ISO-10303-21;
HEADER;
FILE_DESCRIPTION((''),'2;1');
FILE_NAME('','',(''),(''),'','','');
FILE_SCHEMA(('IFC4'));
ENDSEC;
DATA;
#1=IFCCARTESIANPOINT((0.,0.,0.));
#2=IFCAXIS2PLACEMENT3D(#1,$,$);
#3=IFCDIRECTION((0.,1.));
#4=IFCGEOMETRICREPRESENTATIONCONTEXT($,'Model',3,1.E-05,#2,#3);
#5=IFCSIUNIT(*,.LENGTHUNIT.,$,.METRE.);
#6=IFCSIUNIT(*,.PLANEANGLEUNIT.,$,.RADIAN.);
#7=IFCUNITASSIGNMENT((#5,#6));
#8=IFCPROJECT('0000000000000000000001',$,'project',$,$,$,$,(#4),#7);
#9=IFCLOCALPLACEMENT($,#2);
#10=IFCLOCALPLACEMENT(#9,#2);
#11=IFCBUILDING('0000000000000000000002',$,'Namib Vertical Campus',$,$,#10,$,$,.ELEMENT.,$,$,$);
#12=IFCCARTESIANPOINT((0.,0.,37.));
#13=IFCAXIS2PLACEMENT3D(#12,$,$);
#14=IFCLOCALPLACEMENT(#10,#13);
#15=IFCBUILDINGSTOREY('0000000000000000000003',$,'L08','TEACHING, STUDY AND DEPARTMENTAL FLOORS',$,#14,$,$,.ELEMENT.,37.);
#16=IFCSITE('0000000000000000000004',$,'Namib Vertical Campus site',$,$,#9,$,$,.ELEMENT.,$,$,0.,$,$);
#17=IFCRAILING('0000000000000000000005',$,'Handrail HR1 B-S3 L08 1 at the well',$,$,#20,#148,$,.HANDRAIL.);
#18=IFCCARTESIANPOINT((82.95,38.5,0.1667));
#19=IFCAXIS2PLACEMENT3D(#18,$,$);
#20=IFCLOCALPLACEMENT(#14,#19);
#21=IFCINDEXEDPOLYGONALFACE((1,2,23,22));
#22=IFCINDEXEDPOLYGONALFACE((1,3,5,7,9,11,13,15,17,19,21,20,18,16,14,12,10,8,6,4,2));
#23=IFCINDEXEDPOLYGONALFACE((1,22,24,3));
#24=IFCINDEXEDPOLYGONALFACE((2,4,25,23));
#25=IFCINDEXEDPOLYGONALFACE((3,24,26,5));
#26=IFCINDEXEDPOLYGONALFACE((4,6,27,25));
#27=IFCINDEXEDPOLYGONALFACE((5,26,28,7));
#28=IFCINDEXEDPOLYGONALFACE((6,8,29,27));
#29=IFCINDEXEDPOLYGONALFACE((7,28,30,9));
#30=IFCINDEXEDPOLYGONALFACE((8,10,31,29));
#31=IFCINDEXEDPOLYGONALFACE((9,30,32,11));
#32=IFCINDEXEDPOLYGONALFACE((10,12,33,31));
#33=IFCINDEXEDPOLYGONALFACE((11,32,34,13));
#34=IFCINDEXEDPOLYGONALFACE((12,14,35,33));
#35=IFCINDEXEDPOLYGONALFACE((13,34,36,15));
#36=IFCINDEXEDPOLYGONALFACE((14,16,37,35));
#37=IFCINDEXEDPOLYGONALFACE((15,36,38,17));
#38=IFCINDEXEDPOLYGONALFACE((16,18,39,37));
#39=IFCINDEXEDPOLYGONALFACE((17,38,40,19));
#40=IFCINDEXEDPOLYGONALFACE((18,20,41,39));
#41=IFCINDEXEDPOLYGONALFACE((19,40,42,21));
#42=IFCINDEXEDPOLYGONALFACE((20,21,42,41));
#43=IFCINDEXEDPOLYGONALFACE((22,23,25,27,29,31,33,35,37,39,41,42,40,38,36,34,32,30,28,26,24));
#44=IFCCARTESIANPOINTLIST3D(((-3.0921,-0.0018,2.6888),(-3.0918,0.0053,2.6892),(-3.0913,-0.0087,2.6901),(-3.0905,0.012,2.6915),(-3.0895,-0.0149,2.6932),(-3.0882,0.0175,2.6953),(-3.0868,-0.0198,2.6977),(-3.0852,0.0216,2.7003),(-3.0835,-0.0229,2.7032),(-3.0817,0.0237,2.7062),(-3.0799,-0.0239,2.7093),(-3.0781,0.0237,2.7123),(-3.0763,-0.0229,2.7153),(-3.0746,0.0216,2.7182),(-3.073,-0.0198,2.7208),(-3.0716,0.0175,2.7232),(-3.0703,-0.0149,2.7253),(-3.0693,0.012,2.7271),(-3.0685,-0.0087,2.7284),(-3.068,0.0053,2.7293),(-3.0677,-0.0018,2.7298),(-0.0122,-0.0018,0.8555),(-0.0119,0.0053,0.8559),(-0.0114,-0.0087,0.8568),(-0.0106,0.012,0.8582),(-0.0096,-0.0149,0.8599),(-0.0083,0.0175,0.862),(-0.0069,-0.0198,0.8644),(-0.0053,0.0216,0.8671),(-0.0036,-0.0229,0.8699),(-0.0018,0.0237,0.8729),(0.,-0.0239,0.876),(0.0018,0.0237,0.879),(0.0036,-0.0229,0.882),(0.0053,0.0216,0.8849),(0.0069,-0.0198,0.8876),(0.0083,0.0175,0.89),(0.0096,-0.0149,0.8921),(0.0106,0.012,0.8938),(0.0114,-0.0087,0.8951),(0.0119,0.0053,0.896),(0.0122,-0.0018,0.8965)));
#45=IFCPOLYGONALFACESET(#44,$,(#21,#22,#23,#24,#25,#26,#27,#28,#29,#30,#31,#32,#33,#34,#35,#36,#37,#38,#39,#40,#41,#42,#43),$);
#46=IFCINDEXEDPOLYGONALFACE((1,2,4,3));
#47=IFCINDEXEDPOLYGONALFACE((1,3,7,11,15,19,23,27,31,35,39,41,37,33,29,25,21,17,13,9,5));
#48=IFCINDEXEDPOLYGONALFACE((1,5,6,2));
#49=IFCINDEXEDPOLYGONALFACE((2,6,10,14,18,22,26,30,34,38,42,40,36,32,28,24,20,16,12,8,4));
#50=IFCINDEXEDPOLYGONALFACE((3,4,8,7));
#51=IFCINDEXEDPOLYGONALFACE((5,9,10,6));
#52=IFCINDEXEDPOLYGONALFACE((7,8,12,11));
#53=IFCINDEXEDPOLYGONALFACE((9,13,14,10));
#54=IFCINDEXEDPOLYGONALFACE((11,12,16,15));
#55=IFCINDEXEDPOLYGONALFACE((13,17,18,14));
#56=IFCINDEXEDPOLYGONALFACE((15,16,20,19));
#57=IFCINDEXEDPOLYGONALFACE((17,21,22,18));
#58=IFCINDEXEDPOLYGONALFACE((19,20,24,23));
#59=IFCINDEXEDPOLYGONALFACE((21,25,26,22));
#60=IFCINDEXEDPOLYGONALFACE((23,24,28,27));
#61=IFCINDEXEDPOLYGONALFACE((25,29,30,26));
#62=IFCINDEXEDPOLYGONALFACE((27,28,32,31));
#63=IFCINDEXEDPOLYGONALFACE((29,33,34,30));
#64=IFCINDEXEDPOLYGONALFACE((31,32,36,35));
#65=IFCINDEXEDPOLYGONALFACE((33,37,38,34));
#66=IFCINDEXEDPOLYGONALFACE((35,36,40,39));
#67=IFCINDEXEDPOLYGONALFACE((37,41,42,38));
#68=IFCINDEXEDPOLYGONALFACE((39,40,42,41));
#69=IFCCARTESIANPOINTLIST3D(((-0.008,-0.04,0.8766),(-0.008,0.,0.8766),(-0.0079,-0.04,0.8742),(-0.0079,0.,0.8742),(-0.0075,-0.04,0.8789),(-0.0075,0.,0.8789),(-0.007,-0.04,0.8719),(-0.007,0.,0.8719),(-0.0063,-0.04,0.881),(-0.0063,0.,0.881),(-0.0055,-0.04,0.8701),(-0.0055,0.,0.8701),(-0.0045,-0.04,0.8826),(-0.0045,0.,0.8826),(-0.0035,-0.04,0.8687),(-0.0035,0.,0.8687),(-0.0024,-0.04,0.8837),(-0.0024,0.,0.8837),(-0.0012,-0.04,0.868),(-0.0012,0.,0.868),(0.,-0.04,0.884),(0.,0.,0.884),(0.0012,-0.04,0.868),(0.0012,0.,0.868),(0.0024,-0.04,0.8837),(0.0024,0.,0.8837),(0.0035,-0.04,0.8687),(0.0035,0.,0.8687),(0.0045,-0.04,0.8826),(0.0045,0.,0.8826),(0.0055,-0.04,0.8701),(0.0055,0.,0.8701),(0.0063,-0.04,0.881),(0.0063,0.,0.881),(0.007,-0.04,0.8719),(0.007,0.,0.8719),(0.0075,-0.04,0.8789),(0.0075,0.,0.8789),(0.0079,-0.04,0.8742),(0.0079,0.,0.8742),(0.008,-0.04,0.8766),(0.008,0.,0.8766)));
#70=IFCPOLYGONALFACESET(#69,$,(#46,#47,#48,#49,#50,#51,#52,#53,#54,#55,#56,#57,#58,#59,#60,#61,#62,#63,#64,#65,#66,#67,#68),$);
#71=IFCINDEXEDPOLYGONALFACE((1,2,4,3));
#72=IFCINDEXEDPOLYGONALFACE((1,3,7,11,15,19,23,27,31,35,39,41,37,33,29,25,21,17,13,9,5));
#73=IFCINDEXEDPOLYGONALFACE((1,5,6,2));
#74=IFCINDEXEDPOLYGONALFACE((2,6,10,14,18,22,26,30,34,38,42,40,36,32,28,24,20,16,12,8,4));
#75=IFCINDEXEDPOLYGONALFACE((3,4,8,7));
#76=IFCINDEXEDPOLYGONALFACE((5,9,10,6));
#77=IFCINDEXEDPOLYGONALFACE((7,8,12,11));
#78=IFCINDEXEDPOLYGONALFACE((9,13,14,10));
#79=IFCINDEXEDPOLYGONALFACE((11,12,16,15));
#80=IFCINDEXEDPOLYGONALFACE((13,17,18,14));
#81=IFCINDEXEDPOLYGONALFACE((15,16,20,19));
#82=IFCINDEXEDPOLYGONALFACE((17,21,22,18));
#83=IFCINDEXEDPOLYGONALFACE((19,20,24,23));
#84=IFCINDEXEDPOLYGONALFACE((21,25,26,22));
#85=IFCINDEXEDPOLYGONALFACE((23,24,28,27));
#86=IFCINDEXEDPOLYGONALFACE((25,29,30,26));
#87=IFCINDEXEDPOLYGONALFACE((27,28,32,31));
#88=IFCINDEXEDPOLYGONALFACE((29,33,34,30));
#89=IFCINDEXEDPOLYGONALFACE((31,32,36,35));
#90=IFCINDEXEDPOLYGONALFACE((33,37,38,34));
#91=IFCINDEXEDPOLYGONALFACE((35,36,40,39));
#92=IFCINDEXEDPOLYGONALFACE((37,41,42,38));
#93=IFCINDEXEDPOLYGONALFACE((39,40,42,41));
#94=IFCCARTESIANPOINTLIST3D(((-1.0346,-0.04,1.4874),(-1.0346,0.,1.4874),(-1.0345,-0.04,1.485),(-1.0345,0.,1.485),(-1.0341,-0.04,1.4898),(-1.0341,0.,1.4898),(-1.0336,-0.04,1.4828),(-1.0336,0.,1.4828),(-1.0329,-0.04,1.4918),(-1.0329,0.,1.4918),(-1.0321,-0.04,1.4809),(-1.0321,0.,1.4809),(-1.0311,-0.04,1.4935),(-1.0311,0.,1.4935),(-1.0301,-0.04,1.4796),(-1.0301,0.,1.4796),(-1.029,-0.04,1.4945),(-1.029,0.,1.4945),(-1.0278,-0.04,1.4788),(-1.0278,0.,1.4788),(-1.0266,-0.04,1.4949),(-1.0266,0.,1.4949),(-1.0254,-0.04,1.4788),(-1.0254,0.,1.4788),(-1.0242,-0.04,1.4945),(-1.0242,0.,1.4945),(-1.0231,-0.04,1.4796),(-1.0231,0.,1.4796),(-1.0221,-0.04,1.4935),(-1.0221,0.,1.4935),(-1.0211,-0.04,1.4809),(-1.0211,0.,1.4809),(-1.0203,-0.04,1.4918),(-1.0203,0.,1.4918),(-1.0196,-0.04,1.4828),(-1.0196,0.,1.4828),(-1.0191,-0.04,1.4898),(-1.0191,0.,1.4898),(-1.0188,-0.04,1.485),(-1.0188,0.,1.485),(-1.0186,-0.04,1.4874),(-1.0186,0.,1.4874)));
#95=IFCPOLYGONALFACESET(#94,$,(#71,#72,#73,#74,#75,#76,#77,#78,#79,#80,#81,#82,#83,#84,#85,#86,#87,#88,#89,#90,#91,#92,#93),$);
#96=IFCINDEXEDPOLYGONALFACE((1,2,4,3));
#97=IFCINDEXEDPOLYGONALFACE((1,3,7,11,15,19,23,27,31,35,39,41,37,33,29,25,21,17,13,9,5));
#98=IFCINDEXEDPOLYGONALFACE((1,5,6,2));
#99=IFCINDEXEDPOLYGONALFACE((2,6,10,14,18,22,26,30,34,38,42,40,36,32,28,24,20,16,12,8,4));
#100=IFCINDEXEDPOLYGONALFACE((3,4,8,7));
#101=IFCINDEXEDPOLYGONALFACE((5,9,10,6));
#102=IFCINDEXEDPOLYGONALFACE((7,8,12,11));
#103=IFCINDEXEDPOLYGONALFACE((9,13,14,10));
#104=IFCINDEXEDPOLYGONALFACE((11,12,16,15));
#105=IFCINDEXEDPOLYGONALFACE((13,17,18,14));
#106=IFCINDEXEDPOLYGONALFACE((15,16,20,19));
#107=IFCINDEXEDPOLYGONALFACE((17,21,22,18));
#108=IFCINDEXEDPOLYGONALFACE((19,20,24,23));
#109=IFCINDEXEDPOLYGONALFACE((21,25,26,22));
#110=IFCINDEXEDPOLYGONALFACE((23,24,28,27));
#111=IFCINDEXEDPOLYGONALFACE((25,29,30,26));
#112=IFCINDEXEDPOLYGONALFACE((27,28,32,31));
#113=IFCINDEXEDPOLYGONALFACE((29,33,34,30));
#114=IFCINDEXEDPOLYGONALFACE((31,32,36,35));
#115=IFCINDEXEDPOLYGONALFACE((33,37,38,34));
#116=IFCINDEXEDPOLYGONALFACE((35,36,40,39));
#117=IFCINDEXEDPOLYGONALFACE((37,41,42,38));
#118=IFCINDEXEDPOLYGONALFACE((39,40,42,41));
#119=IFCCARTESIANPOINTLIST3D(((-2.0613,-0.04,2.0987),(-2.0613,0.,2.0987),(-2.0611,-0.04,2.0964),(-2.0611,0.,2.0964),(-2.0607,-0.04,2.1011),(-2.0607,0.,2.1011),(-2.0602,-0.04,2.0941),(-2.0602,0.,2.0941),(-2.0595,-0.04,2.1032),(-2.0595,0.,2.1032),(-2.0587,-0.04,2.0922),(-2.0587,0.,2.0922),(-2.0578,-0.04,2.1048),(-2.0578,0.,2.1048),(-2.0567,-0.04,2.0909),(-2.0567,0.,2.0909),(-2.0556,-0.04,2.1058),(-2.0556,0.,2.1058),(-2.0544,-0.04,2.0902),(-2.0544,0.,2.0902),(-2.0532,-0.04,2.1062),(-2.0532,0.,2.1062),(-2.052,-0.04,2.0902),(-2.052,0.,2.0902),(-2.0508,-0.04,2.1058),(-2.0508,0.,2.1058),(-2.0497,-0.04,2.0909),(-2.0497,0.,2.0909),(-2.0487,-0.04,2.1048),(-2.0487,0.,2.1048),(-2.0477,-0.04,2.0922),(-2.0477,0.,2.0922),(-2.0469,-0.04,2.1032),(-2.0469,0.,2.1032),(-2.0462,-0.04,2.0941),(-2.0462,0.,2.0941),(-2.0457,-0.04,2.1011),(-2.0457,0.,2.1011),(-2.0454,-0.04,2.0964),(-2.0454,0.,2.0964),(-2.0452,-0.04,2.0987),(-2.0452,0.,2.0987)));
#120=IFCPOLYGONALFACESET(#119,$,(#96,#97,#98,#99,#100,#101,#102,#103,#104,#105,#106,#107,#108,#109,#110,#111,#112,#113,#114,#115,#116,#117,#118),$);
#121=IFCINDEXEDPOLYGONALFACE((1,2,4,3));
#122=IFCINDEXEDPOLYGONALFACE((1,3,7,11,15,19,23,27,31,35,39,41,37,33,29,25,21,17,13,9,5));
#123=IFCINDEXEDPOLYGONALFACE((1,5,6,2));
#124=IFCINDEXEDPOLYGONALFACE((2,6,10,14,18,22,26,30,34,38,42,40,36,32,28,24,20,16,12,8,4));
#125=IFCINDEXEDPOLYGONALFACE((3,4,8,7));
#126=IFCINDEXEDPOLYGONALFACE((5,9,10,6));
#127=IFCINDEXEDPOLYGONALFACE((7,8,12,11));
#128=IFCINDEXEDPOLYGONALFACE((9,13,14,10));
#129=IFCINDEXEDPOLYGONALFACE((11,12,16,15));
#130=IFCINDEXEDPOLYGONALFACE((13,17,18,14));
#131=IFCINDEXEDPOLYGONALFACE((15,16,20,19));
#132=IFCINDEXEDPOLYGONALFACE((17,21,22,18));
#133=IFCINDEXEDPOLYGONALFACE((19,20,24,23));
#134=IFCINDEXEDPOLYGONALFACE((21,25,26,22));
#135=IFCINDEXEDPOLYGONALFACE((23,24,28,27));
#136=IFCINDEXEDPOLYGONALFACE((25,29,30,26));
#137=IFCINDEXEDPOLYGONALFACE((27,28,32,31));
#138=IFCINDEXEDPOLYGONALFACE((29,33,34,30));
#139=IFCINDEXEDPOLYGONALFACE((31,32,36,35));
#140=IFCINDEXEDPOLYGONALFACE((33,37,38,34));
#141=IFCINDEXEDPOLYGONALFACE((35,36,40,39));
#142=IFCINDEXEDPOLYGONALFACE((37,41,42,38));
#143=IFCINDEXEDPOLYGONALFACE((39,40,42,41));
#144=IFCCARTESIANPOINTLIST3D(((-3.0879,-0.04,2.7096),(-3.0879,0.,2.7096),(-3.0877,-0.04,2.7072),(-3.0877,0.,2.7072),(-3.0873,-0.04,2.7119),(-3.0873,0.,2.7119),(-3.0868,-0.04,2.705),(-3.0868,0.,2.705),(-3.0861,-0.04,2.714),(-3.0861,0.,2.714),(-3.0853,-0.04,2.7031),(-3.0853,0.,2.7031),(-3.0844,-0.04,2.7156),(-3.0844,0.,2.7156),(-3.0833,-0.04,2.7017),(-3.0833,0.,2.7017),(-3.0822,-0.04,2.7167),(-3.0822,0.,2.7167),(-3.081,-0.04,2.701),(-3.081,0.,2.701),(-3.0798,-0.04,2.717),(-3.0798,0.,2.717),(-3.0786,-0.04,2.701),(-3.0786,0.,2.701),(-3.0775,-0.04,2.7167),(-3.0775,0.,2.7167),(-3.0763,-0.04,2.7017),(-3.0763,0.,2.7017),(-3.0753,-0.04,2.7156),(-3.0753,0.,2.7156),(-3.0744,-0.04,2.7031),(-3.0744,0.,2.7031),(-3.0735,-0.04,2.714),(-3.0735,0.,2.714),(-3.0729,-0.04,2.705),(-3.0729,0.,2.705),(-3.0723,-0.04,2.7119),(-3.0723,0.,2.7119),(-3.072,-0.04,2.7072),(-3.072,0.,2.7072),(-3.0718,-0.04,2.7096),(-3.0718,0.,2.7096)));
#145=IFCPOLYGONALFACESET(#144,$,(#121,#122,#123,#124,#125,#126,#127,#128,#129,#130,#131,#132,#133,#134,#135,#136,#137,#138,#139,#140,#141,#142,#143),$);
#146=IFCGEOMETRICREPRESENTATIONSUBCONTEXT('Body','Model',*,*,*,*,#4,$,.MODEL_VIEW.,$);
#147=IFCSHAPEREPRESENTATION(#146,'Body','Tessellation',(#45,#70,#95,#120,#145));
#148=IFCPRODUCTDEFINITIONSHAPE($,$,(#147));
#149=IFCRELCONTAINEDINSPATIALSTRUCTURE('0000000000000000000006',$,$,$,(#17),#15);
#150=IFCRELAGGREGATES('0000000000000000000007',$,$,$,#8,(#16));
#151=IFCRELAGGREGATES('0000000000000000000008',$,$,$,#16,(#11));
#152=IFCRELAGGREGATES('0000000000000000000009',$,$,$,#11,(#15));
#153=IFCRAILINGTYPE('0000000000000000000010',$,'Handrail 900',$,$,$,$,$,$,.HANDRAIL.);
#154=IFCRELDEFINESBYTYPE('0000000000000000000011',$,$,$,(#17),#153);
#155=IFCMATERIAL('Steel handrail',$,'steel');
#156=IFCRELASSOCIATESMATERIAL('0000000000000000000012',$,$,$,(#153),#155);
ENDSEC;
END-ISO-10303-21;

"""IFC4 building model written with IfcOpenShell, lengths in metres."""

from ifc_helpers import new_model, si_unit, direction, frame, origin, origin_2d, place, context, subcontext, project, spatial, circle, extrude, material, type_object, element, save


model = new_model("IFC4")

# Units and contexts
model_context = context("Model", 3, precision=1e-05, world=origin(), true_north=direction((0.0, 1.0)))
body_context = subcontext(model_context, "Body", "Model", "MODEL_VIEW")
ifc_project = project(units=[si_unit("LENGTHUNIT", "METRE"), si_unit("PLANEANGLEUNIT", "RADIAN")], contexts=[model_context])

# Site, building, storey
site_placement = place(None, origin())
site = spatial("IfcSite", under=ifc_project, at=site_placement, Name="Namib Vertical Campus site", CompositionType="ELEMENT", RefElevation=0.0)
building_placement = place(site_placement, origin())
building = spatial("IfcBuilding", under=site, at=building_placement, Name="Namib Vertical Campus", CompositionType="ELEMENT")
storey_placement = place(building_placement, frame((0.0, 0.0, 37.0)))
storey = spatial("IfcBuildingStorey", under=building, at=storey_placement, Name="L08", Description="TEACHING, STUDY AND DEPARTMENTAL FLOORS", CompositionType="ELEMENT", Elevation=37.0)

# Railing
ifc_material_1 = material(Name="Steel handrail", Category="steel")
railing_type_1 = type_object("IfcRailingType", Name="Handrail 900", PredefinedType="HANDRAIL", material=ifc_material_1)
railing_1_placement = place(storey_placement, frame((82.95, 38.5, 0.1667)))
element("IfcRailing", 1, at=railing_1_placement, inside=storey, type_object=railing_type_1, Name="Handrail HR1 B-S3 L08 1 at the well", PredefinedType="HANDRAIL", context=body_context, shape_type="SweptSolid", body=[
    extrude(circle(Radius=0.0239, at=origin_2d()), frame((0.0, 0.0, 0.876), z_axis=(-0.859291, 0.0, 0.511487), x_axis=(0.0, -1.0, 0.0)), (0.0, 0.0, 1.0), 3.5842),
    extrude(circle(Radius=0.0081, at=origin_2d()), frame((0.0, 0.0, 0.876), z_axis=(0.0, -1.0, 0.0), x_axis=(0.0, 0.0, 1.0)), (0.0, 0.0, 1.0), 0.04),
    extrude(circle(Radius=0.0081, at=origin_2d()), frame((-1.0266, 0.0, 1.4868), z_axis=(0.0, -1.0, 0.0), x_axis=(0.0, 0.0, 1.0)), (0.0, 0.0, 1.0), 0.04),
    extrude(circle(Radius=0.0081, at=origin_2d()), frame((-2.0532, 0.0, 2.0981), z_axis=(0.0, -1.0, 0.0), x_axis=(0.0, 0.0, 1.0)), (0.0, 0.0, 1.0), 0.04),
    extrude(circle(Radius=0.0081, at=origin_2d()), frame((-3.0798, 0.0, 2.709), z_axis=(0.0, -1.0, 0.0), x_axis=(0.0, 0.0, 1.0)), (0.0, 0.0, 1.0), 0.04),
])

save(model, "model.ifc")
